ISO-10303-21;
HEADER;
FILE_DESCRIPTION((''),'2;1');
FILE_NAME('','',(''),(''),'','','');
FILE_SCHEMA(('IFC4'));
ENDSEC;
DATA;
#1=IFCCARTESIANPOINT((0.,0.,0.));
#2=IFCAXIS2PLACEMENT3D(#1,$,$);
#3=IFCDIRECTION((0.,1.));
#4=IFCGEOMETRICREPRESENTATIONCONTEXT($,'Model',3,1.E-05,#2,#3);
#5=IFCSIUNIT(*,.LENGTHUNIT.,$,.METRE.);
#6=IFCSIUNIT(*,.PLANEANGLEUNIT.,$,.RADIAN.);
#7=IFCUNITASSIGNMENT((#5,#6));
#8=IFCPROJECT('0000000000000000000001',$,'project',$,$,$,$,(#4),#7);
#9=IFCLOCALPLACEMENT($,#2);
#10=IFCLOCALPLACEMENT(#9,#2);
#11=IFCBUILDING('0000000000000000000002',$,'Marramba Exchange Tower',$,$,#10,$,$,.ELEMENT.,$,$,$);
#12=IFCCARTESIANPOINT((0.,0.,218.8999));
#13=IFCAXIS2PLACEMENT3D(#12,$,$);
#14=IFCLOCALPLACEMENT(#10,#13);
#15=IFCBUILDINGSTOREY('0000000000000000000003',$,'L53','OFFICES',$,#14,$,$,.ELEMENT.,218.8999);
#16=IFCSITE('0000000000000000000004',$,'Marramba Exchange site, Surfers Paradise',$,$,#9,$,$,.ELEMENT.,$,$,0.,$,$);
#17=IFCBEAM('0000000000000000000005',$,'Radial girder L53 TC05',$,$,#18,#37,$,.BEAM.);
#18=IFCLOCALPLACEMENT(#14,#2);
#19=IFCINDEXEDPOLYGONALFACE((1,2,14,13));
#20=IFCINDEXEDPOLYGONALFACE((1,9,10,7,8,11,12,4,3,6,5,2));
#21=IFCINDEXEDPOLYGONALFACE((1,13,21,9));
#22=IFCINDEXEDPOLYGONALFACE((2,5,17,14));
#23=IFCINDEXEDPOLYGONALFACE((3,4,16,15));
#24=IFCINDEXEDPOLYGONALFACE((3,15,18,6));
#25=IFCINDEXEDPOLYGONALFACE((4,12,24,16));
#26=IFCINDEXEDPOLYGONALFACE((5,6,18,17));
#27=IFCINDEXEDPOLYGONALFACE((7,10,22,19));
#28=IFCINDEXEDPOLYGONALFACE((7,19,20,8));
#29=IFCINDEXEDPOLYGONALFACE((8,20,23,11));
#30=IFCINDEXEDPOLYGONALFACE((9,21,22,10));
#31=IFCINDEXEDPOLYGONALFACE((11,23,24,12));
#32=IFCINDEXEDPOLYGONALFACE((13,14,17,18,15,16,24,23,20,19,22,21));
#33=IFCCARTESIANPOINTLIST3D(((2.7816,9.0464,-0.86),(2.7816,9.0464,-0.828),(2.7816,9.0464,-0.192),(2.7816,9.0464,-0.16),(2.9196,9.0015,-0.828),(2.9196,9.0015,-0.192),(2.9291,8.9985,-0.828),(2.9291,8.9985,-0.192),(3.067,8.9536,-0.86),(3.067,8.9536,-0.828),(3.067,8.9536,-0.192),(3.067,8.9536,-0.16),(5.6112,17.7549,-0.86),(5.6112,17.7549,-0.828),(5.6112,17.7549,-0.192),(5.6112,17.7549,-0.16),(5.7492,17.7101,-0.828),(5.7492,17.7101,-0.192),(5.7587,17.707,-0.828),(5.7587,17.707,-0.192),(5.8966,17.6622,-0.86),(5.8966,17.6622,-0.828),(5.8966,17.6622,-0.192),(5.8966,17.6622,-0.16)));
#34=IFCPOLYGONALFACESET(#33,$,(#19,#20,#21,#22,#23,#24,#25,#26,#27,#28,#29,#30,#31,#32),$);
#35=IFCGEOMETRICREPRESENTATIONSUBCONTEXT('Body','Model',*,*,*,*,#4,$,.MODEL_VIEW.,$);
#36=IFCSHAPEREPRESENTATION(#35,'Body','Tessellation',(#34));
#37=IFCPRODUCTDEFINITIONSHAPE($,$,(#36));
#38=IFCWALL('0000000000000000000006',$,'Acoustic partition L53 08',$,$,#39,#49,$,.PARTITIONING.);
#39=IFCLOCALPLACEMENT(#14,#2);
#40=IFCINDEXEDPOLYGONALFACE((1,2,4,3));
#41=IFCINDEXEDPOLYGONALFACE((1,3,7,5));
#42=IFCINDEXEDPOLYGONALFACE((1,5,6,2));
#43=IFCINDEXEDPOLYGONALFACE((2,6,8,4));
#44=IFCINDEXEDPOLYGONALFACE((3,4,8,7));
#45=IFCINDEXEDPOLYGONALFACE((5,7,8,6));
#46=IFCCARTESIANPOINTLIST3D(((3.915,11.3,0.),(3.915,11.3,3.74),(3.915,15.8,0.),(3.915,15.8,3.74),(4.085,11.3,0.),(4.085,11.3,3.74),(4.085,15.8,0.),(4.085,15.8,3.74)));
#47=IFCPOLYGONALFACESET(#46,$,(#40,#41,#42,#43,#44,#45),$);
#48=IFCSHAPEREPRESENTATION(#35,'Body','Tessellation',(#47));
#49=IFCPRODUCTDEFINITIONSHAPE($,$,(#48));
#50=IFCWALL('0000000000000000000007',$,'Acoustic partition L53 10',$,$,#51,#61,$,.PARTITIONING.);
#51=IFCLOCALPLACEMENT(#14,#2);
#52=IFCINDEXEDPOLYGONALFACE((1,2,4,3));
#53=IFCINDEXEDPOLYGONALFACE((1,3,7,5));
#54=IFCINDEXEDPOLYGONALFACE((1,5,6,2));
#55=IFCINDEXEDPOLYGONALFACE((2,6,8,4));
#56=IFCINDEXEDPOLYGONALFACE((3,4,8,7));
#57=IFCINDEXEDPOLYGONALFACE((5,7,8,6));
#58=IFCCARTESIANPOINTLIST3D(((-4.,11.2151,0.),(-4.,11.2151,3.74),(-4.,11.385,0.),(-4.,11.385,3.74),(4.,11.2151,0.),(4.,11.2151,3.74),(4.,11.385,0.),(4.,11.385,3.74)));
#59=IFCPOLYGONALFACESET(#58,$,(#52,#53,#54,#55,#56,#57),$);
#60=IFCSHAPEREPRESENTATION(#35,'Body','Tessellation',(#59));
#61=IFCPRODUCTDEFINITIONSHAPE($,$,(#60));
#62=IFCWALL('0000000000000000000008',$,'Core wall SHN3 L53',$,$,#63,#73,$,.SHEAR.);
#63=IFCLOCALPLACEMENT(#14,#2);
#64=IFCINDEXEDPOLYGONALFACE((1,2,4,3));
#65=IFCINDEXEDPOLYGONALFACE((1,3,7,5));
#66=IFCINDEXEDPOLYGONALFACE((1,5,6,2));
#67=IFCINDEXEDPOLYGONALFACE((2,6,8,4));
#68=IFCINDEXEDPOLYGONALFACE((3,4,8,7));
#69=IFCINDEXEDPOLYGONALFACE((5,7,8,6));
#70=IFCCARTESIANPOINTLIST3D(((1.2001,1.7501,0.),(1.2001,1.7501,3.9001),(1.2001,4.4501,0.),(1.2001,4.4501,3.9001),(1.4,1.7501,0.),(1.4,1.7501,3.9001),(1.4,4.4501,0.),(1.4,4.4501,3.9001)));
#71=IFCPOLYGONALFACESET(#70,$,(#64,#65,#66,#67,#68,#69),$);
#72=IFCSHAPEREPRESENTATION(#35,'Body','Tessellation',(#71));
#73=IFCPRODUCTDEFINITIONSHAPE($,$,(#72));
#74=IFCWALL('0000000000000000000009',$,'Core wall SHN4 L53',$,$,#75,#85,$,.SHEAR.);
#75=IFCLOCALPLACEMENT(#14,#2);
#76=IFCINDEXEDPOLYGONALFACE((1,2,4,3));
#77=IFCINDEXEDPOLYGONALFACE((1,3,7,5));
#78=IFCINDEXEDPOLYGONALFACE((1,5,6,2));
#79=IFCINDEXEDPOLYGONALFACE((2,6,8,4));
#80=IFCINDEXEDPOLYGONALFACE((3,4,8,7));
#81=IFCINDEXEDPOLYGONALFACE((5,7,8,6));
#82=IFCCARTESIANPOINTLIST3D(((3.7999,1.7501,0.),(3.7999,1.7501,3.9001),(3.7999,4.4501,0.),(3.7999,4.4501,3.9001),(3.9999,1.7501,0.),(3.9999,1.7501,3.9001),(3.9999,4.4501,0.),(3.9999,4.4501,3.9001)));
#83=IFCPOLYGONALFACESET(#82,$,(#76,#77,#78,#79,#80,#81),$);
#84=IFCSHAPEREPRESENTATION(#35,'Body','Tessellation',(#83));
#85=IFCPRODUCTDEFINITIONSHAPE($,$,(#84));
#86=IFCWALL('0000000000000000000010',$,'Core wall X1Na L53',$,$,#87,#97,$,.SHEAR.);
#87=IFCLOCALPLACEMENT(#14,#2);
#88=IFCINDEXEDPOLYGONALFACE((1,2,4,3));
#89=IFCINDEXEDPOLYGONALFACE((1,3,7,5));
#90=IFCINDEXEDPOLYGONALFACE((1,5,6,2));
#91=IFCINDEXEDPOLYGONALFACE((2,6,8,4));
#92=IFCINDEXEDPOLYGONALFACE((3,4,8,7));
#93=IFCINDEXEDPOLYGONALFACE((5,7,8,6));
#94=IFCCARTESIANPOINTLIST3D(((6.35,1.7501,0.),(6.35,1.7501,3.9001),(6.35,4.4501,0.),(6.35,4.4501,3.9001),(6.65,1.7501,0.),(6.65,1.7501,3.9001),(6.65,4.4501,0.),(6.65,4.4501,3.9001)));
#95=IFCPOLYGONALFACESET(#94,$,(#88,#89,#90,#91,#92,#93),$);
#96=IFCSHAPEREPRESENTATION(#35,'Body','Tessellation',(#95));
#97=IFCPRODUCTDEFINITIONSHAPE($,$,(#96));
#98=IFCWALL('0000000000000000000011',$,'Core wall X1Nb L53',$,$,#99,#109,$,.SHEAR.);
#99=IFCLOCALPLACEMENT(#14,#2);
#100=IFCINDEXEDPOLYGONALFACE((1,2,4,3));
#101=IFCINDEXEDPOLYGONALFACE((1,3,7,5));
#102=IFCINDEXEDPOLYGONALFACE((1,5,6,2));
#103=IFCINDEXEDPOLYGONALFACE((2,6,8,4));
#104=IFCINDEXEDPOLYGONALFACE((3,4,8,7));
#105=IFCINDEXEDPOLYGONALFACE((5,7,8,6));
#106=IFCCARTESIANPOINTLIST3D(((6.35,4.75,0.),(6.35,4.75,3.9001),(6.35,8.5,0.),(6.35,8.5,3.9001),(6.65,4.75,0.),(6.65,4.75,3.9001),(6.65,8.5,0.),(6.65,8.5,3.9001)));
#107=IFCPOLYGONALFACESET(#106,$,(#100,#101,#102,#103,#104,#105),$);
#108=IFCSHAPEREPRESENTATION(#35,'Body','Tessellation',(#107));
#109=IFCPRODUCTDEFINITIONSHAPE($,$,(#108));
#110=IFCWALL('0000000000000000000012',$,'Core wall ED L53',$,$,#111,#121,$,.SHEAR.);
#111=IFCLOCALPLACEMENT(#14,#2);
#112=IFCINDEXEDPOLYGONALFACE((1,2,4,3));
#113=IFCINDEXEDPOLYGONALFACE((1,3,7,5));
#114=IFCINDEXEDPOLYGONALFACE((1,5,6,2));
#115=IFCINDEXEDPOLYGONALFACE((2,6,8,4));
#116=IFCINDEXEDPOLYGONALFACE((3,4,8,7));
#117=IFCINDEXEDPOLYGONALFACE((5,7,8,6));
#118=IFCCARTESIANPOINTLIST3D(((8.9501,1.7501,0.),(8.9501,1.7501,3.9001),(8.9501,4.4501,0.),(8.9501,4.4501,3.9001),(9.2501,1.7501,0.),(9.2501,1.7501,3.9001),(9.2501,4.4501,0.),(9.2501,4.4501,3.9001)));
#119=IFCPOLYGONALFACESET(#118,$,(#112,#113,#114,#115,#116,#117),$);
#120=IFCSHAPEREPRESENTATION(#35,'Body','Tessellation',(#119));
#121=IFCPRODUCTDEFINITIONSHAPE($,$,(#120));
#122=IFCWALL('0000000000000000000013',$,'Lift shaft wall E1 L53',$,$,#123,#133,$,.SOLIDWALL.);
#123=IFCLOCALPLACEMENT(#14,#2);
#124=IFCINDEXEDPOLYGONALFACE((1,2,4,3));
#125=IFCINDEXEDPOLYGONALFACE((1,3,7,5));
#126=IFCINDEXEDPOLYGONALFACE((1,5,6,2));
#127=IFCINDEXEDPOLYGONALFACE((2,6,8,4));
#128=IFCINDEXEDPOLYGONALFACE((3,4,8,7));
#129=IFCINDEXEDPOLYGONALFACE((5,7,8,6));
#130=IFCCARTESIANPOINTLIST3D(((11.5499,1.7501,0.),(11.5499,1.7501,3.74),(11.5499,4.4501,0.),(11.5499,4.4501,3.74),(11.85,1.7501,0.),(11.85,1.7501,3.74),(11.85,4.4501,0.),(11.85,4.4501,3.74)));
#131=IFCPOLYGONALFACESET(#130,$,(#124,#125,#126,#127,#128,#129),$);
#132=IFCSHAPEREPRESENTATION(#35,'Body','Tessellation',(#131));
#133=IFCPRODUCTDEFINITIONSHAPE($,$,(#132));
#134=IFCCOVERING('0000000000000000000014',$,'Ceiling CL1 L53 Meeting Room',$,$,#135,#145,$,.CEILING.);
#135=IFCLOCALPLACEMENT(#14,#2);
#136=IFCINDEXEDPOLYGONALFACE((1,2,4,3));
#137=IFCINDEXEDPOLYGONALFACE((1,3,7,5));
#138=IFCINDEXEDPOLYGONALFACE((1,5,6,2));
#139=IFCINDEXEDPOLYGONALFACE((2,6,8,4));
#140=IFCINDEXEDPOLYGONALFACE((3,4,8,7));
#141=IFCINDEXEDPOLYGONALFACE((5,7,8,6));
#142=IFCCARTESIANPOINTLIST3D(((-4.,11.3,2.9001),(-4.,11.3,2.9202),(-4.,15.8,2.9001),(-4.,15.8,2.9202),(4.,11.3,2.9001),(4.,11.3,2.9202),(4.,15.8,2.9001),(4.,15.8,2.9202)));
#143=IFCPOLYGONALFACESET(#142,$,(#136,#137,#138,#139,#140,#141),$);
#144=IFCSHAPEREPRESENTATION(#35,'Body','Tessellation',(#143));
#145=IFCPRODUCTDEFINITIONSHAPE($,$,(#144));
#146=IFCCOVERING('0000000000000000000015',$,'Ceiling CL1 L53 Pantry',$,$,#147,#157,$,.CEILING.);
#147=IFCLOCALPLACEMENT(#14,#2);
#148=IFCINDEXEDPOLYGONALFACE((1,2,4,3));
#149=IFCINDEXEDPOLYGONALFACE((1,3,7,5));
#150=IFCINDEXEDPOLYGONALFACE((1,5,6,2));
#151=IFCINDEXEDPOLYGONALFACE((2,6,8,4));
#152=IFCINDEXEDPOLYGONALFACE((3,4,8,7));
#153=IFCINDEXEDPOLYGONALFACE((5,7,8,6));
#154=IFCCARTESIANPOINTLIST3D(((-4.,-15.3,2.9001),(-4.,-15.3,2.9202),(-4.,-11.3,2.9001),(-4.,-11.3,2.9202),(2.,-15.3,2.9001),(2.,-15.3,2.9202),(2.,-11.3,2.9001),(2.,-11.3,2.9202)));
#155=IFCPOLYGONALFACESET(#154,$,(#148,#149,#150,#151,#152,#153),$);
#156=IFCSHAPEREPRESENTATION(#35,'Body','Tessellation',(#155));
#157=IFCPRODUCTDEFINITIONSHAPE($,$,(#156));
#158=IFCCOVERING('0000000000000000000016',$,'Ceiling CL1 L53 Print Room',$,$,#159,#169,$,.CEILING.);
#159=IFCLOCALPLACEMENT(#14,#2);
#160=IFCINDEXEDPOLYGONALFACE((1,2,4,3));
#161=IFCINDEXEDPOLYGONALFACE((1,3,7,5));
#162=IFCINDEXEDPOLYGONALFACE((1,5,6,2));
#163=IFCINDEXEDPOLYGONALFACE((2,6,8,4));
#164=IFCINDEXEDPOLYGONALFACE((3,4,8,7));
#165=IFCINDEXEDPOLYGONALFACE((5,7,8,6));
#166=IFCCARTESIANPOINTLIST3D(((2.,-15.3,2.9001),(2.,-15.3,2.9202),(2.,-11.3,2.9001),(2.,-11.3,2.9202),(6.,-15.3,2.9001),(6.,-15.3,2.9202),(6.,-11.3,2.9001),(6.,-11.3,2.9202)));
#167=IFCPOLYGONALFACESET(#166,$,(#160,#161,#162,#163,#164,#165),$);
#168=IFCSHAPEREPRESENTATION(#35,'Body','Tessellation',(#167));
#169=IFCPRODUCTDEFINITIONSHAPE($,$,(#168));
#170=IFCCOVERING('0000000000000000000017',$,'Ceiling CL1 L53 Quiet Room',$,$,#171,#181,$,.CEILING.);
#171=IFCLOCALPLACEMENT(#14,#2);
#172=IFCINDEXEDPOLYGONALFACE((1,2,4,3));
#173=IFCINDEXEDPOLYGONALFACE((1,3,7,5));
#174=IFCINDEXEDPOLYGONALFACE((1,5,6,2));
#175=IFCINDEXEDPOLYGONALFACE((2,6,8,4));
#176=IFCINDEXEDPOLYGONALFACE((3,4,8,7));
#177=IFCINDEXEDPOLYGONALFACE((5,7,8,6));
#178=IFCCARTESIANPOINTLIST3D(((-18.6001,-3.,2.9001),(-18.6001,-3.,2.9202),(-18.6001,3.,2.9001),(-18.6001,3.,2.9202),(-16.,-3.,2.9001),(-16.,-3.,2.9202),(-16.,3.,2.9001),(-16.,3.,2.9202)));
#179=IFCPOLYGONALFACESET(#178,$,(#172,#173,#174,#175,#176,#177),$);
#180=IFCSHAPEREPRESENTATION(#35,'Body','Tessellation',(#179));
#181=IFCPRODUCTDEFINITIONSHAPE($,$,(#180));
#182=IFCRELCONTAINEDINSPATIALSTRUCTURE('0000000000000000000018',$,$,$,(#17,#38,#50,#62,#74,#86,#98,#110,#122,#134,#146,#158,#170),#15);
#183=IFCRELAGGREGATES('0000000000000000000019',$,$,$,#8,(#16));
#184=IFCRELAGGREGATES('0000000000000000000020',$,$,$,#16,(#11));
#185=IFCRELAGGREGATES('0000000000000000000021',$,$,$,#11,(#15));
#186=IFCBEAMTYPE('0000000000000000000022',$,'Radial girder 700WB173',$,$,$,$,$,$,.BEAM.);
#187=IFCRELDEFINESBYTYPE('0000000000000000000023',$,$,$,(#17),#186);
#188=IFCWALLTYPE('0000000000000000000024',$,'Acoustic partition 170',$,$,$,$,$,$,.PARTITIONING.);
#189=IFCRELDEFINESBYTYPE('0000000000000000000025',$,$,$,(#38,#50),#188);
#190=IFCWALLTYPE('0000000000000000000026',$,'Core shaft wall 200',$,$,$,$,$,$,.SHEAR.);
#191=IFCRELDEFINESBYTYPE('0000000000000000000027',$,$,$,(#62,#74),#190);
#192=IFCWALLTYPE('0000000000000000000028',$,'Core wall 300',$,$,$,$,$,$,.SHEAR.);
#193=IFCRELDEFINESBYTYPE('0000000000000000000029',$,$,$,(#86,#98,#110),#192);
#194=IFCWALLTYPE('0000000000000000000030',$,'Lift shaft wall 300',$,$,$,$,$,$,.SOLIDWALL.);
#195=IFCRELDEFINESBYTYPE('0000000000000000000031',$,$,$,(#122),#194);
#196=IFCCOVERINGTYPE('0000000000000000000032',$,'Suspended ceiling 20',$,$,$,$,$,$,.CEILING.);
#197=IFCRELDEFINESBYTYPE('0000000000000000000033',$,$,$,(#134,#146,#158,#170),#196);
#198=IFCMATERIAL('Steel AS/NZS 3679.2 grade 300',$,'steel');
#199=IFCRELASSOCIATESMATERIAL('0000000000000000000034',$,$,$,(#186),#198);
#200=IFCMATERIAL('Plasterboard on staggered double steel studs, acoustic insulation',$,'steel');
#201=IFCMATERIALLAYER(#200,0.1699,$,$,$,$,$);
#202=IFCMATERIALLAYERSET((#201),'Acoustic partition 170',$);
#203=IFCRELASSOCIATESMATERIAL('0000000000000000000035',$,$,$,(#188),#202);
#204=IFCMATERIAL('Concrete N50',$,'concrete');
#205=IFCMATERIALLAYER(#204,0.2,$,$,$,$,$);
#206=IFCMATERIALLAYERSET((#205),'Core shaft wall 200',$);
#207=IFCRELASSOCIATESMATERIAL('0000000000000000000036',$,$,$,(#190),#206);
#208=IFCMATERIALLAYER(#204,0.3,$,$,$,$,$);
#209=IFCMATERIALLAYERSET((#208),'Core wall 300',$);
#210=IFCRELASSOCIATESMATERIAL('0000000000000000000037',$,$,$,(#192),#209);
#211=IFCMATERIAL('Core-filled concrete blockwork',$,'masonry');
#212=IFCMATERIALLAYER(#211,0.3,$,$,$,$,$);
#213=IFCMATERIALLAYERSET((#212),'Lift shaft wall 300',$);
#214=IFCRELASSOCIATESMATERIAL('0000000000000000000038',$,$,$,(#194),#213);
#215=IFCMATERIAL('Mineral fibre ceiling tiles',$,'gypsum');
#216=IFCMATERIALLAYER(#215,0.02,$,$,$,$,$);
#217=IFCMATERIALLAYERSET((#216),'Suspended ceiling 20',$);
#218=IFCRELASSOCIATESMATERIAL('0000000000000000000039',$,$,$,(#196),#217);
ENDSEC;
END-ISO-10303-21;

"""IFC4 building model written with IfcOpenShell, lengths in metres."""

from ifc_helpers import new_model, si_unit, direction, frame, frame_2d, origin, origin_2d, place, context, subcontext, project, spatial, polyline, rectangle, i_section, outline, extrude, material, layer, layer_set, material_profile, profile_set, type_object, element, save


model = new_model("IFC4")

# Units and contexts
model_context = context("Model", 3, precision=1e-05, world=origin(), true_north=direction((0.0, 1.0)))
body_context = subcontext(model_context, "Body", "Model", "MODEL_VIEW")
ifc_project = project(units=[si_unit("LENGTHUNIT", "METRE"), si_unit("PLANEANGLEUNIT", "RADIAN")], contexts=[model_context])

# Site, building, storey
site_placement = place(None, origin())
site = spatial("IfcSite", under=ifc_project, at=site_placement, Name="Marramba Exchange site, Surfers Paradise", CompositionType="ELEMENT", RefElevation=0.0)
building_placement = place(site_placement, origin())
building = spatial("IfcBuilding", under=site, at=building_placement, Name="Marramba Exchange Tower", CompositionType="ELEMENT")
storey_placement = place(building_placement, frame((0.0, 0.0, 218.8999)))
storey = spatial("IfcBuildingStorey", under=building, at=storey_placement, Name="L53", Description="OFFICES", CompositionType="ELEMENT", Elevation=218.8999)

# Shared definitions
ifc_material_1 = material(Name="Concrete N50", Category="concrete")

# Beam
ifc_material_2 = material(Name="Steel AS/NZS 3679.2 grade 300", Category="steel")
ifc_material_profile_1 = material_profile(ifc_material_2, i_section(OverallWidth=0.3, OverallDepth=0.7, WebThickness=0.01, FlangeThickness=0.032, at=origin_2d()), Name="700WB173")
ifc_profile_set_1 = profile_set([ifc_material_profile_1], Name="Steel AS/NZS 3679.2 grade 300")
beam_type_1 = type_object("IfcBeamType", Name="Radial girder 700WB173", PredefinedType="BEAM", material=ifc_profile_set_1)
beam_1_placement = place(storey_placement, frame((2.9243, 9.0, -0.51), z_axis=(0.30902, 0.951056, 0.0), x_axis=(-0.951056, 0.30902, 0.0)))
element("IfcBeam", 1, at=beam_1_placement, inside=storey, type_object=beam_type_1, Name="Radial girder L53 TC05", PredefinedType="BEAM", context=body_context, shape_type="SweptSolid", body=[
    extrude(i_section(OverallWidth=0.3, OverallDepth=0.7, WebThickness=0.01, FlangeThickness=0.032, at=origin_2d()), origin(), (0.0, 0.0, 1.0), 9.1567),
])

# Walls
ifc_material_3 = material(Name="Plasterboard on staggered double steel studs, acoustic insulation", Category="steel")
ifc_layer_1 = layer(ifc_material_3, 0.1699)
ifc_layer_set_1 = layer_set([ifc_layer_1], Name="Acoustic partition 170")
wall_type_1 = type_object("IfcWallType", Name="Acoustic partition 170", PredefinedType="PARTITIONING", material=ifc_layer_set_1)
wall_1_placement = place(storey_placement, frame((4.0, 15.8, 0.0), z_axis=(0.0, 0.0, 1.0), x_axis=(0.0, -1.0, 0.0)))
element("IfcWall", 2, at=wall_1_placement, inside=storey, type_object=wall_type_1, Name="Acoustic partition L53 08", PredefinedType="PARTITIONING", context=body_context, shape_type="SweptSolid", body=[
    extrude(rectangle(XDim=4.5, YDim=0.1699, at=frame_2d((2.25, 0.0))), origin(), (0.0, 0.0, 1.0), 3.74),
])
wall_2_placement = place(storey_placement, frame((4.0, 11.3, 0.0), z_axis=(0.0, 0.0, 1.0), x_axis=(-1.0, 0.0, 0.0)))
element("IfcWall", 3, at=wall_2_placement, inside=storey, type_object=wall_type_1, Name="Acoustic partition L53 10", PredefinedType="PARTITIONING", context=body_context, shape_type="SweptSolid", body=[
    extrude(rectangle(XDim=8.0, YDim=0.1699, at=frame_2d((4.0, 0.0))), origin(), (0.0, 0.0, 1.0), 3.74),
])
ifc_layer_2 = layer(ifc_material_1, 0.2)
ifc_layer_set_2 = layer_set([ifc_layer_2], Name="Core shaft wall 200")
wall_type_2 = type_object("IfcWallType", Name="Core shaft wall 200", PredefinedType="SHEAR", material=ifc_layer_set_2)
for number, where, z_axis, x_axis, name in (
    (4, (1.3, 1.75, 0.0), (0.0, 0.0, 1.0), (0.0, 1.0, 0.0), "Core wall SHN3 L53"),
    (5, (3.8999, 1.75, 0.0), (0.0, 0.0, 1.0), (0.0, 1.0, 0.0), "Core wall SHN4 L53"),
):
    element("IfcWall", number, at=place(storey_placement, frame(where, z_axis=z_axis, x_axis=x_axis)), inside=storey, type_object=wall_type_2, Name=name, PredefinedType="SHEAR", context=body_context, shape_type="SweptSolid", body=[
        extrude(rectangle(XDim=2.7, YDim=0.2, at=frame_2d((1.3501, 0.0))), origin(), (0.0, 0.0, 1.0), 3.9001),
    ])
ifc_layer_3 = layer(ifc_material_1, 0.3)
ifc_layer_set_3 = layer_set([ifc_layer_3], Name="Core wall 300")
wall_type_3 = type_object("IfcWallType", Name="Core wall 300", PredefinedType="SHEAR", material=ifc_layer_set_3)
wall_3_placement = place(storey_placement, frame((6.5, 1.75, 0.0), z_axis=(0.0, 0.0, 1.0), x_axis=(0.0, 1.0, 0.0)))
element("IfcWall", 6, at=wall_3_placement, inside=storey, type_object=wall_type_3, Name="Core wall X1Na L53", PredefinedType="SHEAR", context=body_context, shape_type="SweptSolid", body=[
    extrude(rectangle(XDim=2.7, YDim=0.3, at=frame_2d((1.3501, 0.0))), origin(), (0.0, 0.0, 1.0), 3.9001),
])
wall_4_placement = place(storey_placement, frame((6.5, 4.75, 0.0), z_axis=(0.0, 0.0, 1.0), x_axis=(0.0, 1.0, 0.0)))
element("IfcWall", 7, at=wall_4_placement, inside=storey, type_object=wall_type_3, Name="Core wall X1Nb L53", PredefinedType="SHEAR", context=body_context, shape_type="SweptSolid", body=[
    extrude(rectangle(XDim=3.75, YDim=0.3, at=frame_2d((1.875, 0.0))), origin(), (0.0, 0.0, 1.0), 3.9001),
])
wall_5_placement = place(storey_placement, frame((9.1001, 1.75, 0.0), z_axis=(0.0, 0.0, 1.0), x_axis=(0.0, 1.0, 0.0)))
element("IfcWall", 8, at=wall_5_placement, inside=storey, type_object=wall_type_3, Name="Core wall ED L53", PredefinedType="SHEAR", context=body_context, shape_type="SweptSolid", body=[
    extrude(rectangle(XDim=2.7, YDim=0.3, at=frame_2d((1.3501, 0.0))), origin(), (0.0, 0.0, 1.0), 3.9001),
])
ifc_material_4 = material(Name="Core-filled concrete blockwork", Category="masonry")
ifc_layer_4 = layer(ifc_material_4, 0.3)
ifc_layer_set_4 = layer_set([ifc_layer_4], Name="Lift shaft wall 300")
wall_type_4 = type_object("IfcWallType", Name="Lift shaft wall 300", PredefinedType="SOLIDWALL", material=ifc_layer_set_4)
wall_6_placement = place(storey_placement, frame((11.7, 1.75, 0.0), z_axis=(0.0, 0.0, 1.0), x_axis=(0.0, 1.0, 0.0)))
element("IfcWall", 9, at=wall_6_placement, inside=storey, type_object=wall_type_4, Name="Lift shaft wall E1 L53", PredefinedType="SOLIDWALL", context=body_context, shape_type="SweptSolid", body=[
    extrude(rectangle(XDim=2.7, YDim=0.3, at=frame_2d((1.3501, 0.0))), origin(), (0.0, 0.0, 1.0), 3.74),
])

# Coverings
ifc_material_5 = material(Name="Mineral fibre ceiling tiles", Category="gypsum")
ifc_layer_5 = layer(ifc_material_5, 0.02)
ifc_layer_set_5 = layer_set([ifc_layer_5], Name="Suspended ceiling 20")
covering_type = type_object("IfcCoveringType", Name="Suspended ceiling 20", PredefinedType="CEILING", material=ifc_layer_set_5)
covering_1_placement = place(storey_placement, frame((0.0, 0.0, 2.9001)))
element("IfcCovering", 10, at=covering_1_placement, inside=storey, type_object=covering_type, Name="Ceiling CL1 L53 Meeting Room", PredefinedType="CEILING", context=body_context, shape_type="SweptSolid", body=[
    extrude(outline(polyline([(4.0, 11.3), (-4.0, 11.3), (-4.0, 15.8), (4.0, 15.8), (4.0, 11.3)])), origin(), (0.0, 0.0, 1.0), 0.02),
])
covering_2_placement = place(storey_placement, frame((0.0, 0.0, 2.9001)))
element("IfcCovering", 11, at=covering_2_placement, inside=storey, type_object=covering_type, Name="Ceiling CL1 L53 Pantry", PredefinedType="CEILING", context=body_context, shape_type="SweptSolid", body=[
    extrude(outline(polyline([(2.0, -15.3), (-4.0, -15.3), (-4.0, -11.3), (2.0, -11.3), (2.0, -15.3)])), origin(), (0.0, 0.0, 1.0), 0.02),
])
covering_3_placement = place(storey_placement, frame((0.0, 0.0, 2.9001)))
element("IfcCovering", 12, at=covering_3_placement, inside=storey, type_object=covering_type, Name="Ceiling CL1 L53 Print Room", PredefinedType="CEILING", context=body_context, shape_type="SweptSolid", body=[
    extrude(outline(polyline([(6.0, -15.3), (2.0, -15.3), (2.0, -11.3), (6.0, -11.3), (6.0, -15.3)])), origin(), (0.0, 0.0, 1.0), 0.02),
])
covering_4_placement = place(storey_placement, frame((0.0, 0.0, 2.9001)))
element("IfcCovering", 13, at=covering_4_placement, inside=storey, type_object=covering_type, Name="Ceiling CL1 L53 Quiet Room", PredefinedType="CEILING", context=body_context, shape_type="SweptSolid", body=[
    extrude(outline(polyline([(-16.0, -3.0), (-18.6001, -3.0), (-18.6001, 3.0), (-16.0, 3.0), (-16.0, -3.0)])), origin(), (0.0, 0.0, 1.0), 0.02),
])

save(model, "model.ifc")
